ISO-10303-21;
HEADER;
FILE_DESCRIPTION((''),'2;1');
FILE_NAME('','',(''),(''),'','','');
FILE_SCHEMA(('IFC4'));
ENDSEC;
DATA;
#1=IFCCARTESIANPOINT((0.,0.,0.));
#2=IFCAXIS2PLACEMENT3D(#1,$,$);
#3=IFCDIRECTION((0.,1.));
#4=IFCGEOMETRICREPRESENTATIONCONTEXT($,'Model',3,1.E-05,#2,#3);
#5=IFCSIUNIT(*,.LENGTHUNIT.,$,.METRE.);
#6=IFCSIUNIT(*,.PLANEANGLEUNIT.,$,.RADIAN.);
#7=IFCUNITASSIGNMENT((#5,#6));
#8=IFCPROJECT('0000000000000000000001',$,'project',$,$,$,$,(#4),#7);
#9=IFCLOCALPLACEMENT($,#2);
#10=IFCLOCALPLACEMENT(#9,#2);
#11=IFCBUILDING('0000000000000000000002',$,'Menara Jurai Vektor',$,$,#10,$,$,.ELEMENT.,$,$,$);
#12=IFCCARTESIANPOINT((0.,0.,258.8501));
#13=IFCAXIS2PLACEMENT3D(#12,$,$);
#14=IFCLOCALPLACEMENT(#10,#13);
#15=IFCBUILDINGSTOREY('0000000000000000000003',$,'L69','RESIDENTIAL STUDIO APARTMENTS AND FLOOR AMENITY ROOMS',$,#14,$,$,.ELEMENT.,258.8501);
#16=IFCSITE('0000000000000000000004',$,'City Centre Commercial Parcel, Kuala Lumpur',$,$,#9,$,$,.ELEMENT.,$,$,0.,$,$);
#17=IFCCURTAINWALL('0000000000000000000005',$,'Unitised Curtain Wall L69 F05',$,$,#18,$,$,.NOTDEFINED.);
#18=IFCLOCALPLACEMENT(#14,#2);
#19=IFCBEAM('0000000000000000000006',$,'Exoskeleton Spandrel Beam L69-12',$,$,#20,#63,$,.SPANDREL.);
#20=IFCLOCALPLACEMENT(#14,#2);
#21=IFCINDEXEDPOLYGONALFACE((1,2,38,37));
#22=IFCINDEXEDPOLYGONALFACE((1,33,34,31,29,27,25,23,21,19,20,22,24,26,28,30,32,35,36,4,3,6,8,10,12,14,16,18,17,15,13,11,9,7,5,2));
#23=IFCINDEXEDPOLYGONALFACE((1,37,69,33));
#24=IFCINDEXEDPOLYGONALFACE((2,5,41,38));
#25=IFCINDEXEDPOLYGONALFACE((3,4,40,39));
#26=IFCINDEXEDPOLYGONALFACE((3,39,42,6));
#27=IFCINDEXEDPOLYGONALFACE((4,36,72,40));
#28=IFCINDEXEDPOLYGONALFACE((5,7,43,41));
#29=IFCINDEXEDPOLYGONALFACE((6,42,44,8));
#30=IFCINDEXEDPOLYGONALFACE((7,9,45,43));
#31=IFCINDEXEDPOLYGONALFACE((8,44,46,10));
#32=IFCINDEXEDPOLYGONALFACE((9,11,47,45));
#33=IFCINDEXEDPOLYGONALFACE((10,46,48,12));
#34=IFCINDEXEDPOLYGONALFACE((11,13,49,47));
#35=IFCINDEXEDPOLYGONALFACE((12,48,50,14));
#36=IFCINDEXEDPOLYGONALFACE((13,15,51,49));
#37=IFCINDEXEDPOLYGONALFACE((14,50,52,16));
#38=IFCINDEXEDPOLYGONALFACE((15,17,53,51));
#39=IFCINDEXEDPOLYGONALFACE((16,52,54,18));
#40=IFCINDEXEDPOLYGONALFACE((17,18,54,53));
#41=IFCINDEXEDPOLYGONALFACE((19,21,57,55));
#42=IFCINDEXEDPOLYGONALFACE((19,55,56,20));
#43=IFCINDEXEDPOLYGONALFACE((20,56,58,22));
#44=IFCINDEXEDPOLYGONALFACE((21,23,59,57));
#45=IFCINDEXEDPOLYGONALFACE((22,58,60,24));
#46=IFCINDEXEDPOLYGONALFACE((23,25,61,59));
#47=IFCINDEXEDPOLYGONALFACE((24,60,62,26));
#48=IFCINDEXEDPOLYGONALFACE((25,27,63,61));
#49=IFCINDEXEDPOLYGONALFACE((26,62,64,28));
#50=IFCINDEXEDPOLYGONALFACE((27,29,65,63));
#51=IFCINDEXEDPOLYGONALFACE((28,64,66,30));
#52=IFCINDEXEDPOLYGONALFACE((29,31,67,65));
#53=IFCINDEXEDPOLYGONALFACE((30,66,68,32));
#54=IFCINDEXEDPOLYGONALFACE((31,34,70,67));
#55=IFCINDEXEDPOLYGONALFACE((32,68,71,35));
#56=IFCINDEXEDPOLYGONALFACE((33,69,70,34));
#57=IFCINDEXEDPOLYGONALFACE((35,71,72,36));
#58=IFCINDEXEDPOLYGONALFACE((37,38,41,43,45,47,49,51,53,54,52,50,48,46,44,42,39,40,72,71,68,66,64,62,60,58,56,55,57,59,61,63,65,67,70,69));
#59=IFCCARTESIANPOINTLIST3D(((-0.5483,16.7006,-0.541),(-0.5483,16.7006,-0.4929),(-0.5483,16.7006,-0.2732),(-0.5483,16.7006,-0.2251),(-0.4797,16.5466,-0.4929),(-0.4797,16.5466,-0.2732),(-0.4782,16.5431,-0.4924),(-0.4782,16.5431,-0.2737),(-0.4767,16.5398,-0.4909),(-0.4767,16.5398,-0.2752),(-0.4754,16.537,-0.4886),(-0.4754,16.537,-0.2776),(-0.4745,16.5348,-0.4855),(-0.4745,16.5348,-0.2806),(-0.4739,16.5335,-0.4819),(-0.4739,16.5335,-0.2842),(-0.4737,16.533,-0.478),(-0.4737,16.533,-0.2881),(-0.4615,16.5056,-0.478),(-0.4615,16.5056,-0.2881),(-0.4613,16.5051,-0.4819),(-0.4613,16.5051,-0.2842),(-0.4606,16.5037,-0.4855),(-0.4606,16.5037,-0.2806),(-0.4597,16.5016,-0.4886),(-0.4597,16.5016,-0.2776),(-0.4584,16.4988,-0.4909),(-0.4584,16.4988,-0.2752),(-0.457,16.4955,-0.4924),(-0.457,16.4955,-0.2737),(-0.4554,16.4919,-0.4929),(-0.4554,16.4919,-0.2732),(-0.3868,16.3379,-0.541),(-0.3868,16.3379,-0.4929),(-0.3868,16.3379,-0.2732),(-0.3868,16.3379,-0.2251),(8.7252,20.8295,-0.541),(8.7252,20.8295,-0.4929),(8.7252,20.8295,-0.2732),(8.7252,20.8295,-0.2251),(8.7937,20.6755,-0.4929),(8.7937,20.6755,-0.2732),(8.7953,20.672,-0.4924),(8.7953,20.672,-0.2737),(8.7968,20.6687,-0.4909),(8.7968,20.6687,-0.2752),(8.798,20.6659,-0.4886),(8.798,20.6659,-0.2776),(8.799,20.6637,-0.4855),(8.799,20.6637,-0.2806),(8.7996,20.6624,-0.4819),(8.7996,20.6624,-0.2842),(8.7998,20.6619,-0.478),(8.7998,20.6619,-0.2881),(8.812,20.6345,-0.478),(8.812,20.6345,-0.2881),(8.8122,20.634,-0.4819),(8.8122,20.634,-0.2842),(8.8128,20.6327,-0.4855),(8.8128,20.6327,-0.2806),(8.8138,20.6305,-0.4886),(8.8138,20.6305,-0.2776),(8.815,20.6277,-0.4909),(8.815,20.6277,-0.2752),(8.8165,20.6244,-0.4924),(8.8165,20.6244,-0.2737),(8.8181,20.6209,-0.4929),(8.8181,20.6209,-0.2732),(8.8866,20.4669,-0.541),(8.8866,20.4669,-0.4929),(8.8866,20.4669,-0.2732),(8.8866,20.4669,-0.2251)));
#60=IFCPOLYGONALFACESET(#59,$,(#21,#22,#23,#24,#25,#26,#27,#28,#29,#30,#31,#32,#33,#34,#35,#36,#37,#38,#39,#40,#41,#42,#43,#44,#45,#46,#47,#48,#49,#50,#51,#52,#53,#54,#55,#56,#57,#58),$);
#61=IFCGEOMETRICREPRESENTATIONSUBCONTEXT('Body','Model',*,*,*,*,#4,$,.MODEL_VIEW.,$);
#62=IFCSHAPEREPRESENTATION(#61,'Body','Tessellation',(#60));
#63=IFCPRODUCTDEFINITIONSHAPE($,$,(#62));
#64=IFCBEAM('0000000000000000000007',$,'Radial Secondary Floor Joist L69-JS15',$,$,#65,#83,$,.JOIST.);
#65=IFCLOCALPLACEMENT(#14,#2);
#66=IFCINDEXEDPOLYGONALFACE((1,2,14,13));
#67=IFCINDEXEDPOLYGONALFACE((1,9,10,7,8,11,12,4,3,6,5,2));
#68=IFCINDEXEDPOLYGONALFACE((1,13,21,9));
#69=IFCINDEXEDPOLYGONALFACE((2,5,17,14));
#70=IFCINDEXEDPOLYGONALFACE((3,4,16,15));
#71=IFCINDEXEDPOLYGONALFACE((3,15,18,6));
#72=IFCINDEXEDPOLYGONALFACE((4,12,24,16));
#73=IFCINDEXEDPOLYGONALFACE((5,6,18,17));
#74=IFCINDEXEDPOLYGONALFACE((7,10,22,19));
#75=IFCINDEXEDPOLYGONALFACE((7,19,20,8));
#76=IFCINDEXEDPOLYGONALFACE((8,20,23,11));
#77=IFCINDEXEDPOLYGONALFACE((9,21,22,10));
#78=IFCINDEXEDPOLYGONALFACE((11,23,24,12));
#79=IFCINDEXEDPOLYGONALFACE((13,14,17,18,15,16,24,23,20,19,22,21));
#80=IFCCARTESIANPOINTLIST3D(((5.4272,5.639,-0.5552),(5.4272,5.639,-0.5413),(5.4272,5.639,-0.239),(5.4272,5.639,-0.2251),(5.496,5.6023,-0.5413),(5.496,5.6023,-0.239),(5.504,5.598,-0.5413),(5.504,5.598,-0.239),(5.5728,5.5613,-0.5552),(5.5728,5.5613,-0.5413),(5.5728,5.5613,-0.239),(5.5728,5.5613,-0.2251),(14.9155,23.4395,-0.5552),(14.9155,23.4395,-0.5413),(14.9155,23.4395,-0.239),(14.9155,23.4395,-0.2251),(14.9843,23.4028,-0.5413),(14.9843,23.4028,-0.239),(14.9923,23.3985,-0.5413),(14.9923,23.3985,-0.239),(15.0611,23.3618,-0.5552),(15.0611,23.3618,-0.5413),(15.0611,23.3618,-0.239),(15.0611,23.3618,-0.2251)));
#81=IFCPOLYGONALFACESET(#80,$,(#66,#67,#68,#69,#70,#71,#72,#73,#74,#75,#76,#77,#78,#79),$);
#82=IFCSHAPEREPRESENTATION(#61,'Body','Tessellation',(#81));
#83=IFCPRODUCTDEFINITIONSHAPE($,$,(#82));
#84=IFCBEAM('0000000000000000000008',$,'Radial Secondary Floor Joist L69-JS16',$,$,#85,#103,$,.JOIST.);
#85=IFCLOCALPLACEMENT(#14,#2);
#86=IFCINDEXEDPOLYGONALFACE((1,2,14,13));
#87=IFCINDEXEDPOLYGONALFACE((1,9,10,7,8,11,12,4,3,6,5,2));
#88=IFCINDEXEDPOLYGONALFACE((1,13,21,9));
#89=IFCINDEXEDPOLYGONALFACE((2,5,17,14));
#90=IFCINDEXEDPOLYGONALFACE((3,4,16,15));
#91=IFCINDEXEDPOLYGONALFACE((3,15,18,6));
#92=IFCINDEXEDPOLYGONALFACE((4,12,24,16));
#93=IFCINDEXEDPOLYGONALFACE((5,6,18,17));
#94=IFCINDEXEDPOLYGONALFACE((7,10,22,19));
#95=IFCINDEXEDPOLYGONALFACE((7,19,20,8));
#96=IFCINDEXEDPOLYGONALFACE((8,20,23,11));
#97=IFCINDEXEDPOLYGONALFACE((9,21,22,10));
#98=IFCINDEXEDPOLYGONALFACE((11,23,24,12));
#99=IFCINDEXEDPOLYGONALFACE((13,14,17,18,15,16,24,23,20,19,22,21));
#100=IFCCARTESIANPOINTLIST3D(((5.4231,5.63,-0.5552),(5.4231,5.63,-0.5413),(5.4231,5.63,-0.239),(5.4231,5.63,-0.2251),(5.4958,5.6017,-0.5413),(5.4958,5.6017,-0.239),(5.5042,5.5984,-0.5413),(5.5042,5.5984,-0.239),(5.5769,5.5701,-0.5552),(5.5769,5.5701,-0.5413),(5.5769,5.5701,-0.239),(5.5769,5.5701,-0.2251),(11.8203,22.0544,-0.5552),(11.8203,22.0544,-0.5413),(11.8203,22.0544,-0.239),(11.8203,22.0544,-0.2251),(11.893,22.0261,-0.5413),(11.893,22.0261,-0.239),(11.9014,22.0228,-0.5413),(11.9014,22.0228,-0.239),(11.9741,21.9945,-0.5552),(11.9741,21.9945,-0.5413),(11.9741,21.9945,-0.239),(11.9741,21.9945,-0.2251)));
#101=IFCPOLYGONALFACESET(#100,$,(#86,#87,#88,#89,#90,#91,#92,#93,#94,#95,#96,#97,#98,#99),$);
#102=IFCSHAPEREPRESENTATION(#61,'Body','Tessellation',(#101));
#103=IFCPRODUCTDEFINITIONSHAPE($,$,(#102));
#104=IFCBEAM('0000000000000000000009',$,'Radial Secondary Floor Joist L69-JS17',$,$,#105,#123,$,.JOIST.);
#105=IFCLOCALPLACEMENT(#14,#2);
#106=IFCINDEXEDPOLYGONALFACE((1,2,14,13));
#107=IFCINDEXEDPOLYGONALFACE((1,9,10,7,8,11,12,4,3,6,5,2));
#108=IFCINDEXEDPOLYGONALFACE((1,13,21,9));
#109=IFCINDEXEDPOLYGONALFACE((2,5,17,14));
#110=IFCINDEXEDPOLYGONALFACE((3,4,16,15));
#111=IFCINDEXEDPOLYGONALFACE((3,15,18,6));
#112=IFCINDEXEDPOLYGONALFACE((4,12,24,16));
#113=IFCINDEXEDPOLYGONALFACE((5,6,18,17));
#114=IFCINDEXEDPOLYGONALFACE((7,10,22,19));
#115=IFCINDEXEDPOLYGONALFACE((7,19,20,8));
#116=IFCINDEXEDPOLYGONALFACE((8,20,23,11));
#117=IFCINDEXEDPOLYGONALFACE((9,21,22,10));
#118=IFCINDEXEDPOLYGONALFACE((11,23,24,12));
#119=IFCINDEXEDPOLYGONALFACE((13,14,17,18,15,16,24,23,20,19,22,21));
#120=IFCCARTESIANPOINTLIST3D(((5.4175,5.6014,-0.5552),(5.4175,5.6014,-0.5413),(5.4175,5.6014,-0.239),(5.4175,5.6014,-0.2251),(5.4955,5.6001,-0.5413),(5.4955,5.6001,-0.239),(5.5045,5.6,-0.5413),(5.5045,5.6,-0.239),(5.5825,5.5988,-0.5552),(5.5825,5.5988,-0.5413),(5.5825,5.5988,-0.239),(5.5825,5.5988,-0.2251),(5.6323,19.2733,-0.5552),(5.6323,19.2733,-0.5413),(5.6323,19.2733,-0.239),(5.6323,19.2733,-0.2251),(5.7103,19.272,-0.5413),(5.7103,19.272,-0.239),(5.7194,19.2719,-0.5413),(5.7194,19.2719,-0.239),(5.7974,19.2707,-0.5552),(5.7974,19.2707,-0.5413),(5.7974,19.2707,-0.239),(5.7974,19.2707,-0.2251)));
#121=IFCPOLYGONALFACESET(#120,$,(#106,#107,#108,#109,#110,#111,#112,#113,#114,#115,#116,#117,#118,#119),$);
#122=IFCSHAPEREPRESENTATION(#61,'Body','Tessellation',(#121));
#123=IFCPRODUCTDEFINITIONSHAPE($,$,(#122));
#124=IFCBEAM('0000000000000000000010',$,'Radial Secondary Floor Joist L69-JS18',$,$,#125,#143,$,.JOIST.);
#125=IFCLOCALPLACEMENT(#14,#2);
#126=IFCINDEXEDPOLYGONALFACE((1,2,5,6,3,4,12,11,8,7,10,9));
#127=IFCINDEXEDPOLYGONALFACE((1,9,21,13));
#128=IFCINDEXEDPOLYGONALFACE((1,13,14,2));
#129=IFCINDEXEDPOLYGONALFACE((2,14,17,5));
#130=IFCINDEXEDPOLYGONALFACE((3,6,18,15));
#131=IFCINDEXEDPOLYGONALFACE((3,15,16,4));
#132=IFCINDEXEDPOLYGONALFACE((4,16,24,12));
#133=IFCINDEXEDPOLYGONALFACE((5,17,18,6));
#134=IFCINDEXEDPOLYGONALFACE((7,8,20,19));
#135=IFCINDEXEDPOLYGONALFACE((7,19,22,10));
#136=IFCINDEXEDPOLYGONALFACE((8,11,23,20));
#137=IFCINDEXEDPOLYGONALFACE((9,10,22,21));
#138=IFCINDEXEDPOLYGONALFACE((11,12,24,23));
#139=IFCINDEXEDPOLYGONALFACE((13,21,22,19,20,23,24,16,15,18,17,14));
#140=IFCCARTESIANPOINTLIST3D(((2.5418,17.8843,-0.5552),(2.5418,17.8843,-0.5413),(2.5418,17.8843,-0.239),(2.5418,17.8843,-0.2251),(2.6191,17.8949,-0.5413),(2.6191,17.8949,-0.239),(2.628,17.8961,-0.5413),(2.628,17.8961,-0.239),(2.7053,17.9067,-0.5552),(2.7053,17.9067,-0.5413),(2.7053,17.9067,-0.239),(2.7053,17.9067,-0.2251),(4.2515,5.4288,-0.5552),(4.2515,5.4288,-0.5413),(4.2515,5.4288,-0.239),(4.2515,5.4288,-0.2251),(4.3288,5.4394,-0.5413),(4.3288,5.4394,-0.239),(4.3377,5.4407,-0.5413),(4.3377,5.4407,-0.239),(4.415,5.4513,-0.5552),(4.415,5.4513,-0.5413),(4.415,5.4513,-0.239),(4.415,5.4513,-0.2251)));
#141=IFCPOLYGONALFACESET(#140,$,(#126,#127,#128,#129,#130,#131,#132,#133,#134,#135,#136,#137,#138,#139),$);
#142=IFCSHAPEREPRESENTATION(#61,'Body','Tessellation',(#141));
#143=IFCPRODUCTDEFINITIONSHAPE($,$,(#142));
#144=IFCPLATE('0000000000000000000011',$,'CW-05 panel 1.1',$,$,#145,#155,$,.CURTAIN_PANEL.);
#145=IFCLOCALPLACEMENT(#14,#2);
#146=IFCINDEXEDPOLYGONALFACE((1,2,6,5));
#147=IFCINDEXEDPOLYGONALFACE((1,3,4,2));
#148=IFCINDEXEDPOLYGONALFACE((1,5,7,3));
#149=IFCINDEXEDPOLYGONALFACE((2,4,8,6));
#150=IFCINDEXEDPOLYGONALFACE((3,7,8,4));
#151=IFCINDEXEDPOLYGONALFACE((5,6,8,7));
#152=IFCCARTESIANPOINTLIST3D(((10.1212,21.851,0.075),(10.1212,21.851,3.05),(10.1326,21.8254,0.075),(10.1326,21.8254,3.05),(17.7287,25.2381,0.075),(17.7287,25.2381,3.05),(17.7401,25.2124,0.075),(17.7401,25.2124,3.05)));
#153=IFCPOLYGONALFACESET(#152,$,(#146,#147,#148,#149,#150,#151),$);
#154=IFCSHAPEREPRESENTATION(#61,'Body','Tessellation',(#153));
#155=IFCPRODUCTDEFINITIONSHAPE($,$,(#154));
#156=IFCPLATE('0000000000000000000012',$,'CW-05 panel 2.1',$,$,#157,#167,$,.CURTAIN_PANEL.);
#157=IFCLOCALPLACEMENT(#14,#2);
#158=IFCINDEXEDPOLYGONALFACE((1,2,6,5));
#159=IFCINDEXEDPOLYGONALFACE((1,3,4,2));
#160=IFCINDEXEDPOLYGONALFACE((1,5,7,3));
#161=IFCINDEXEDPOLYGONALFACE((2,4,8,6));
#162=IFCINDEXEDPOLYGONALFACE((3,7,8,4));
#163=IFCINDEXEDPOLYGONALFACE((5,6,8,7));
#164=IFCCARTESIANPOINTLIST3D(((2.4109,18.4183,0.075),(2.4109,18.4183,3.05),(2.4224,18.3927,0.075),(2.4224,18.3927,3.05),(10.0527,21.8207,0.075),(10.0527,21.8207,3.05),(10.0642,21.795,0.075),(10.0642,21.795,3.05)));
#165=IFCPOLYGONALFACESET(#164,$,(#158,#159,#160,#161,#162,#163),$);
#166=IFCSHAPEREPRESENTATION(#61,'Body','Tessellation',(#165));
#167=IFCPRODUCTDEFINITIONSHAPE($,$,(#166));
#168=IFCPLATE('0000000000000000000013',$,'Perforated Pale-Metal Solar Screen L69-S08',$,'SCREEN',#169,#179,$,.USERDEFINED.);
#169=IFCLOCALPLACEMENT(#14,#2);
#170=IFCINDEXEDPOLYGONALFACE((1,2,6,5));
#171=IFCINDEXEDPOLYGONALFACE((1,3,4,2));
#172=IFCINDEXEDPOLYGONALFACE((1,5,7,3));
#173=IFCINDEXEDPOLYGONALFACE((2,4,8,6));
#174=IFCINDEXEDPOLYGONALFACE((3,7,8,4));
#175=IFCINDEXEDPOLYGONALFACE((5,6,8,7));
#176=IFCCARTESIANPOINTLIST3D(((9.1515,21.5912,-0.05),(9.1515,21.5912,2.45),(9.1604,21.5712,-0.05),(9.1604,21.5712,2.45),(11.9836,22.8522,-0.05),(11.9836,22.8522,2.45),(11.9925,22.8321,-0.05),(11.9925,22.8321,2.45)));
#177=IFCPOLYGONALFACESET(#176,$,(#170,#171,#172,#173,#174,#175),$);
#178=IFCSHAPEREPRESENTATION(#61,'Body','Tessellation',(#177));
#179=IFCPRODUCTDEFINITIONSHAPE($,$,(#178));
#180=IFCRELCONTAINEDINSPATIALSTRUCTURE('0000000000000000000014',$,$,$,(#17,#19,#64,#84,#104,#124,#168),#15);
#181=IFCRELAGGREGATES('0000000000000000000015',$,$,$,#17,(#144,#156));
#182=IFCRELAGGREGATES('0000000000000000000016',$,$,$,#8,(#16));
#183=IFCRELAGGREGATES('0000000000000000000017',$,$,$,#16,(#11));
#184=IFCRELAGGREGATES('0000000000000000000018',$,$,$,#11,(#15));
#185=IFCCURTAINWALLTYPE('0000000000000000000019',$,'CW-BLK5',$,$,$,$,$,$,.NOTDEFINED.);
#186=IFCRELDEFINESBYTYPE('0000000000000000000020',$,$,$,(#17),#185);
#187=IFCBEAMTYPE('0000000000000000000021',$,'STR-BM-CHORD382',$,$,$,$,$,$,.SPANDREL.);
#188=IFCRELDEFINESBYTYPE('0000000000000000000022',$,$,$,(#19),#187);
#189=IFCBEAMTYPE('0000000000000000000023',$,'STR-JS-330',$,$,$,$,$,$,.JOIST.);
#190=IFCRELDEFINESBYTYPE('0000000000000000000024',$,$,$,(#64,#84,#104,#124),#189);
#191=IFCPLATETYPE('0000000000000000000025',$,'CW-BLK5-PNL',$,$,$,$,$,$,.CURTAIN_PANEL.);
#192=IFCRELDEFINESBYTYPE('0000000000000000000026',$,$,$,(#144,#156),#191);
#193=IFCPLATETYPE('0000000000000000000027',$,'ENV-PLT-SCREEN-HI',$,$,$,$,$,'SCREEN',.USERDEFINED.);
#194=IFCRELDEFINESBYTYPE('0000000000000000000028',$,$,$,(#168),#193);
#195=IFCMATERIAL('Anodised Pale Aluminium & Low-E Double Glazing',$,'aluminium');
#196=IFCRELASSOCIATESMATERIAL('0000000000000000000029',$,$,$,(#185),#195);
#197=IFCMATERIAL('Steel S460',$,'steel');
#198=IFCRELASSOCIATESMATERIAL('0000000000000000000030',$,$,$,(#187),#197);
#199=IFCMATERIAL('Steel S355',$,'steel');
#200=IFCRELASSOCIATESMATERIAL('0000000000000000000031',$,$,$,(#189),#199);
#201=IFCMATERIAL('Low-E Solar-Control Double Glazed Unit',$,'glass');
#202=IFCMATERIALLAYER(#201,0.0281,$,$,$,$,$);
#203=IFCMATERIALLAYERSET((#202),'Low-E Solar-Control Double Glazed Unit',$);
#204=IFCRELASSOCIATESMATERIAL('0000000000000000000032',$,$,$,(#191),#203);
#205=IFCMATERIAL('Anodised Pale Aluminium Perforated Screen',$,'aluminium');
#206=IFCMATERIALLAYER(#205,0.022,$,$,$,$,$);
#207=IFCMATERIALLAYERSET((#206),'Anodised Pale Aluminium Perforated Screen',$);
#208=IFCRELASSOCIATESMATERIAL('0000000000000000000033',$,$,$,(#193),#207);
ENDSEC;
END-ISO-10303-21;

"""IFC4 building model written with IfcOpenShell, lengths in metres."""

from ifc_helpers import new_model, si_unit, direction, frame, origin, origin_2d, place, context, subcontext, project, spatial, rectangle, i_section, extrude, material, layer, layer_set, material_profile, profile_set, type_object, element, aggregate, save


model = new_model("IFC4")

# Units and contexts
model_context = context("Model", 3, precision=1e-05, world=origin(), true_north=direction((0.0, 1.0)))
body_context = subcontext(model_context, "Body", "Model", "MODEL_VIEW")
ifc_project = project(units=[si_unit("LENGTHUNIT", "METRE"), si_unit("PLANEANGLEUNIT", "RADIAN")], contexts=[model_context])

# Site, building, storey
site_placement = place(None, origin())
site = spatial("IfcSite", under=ifc_project, at=site_placement, Name="City Centre Commercial Parcel, Kuala Lumpur", CompositionType="ELEMENT", RefElevation=0.0)
building_placement = place(site_placement, origin())
building = spatial("IfcBuilding", under=site, at=building_placement, Name="Menara Jurai Vektor", CompositionType="ELEMENT")
storey_placement = place(building_placement, frame((0.0, 0.0, 258.8501)))
storey = spatial("IfcBuildingStorey", under=building, at=storey_placement, Name="L69", Description="RESIDENTIAL STUDIO APARTMENTS AND FLOOR AMENITY ROOMS", CompositionType="ELEMENT", Elevation=258.8501)

# Shared definitions
ifc_material_1 = material(Name="Steel S460", Category="steel")

# Curtain wall
ifc_material_2 = material(Name="Anodised Pale Aluminium & Low-E Double Glazing", Category="aluminium")
curtain_wall_type = type_object("IfcCurtainWallType", Name="CW-BLK5", PredefinedType="NOTDEFINED", material=ifc_material_2)
curtain_wall_placement = place(storey_placement, origin())
curtain_wall = element("IfcCurtainWall", 1, at=curtain_wall_placement, inside=storey, type_object=curtain_wall_type, Name="Unitised Curtain Wall L69 F05", PredefinedType="NOTDEFINED")

# Beams
ifc_material_3 = material(Name="Steel S355", Category="steel")
ifc_material_profile_1 = material_profile(ifc_material_1, i_section(OverallWidth=0.397, OverallDepth=0.3159, WebThickness=0.03, FlangeThickness=0.0481, FilletRadius=0.0149, at=origin_2d()), Name="HD 400x382")
ifc_profile_set_1 = profile_set([ifc_material_profile_1], Name="Steel S460")
beam_type_1 = type_object("IfcBeamType", Name="STR-BM-CHORD382", PredefinedType="SPANDREL", material=ifc_profile_set_1)
beam_1_placement = place(storey_placement, frame((8.8059, 20.6482, -0.3831), z_axis=(-0.913542, -0.406745, 0.0), x_axis=(0.406745, -0.913542, 0.0)))
element("IfcBeam", 2, at=beam_1_placement, inside=storey, type_object=beam_type_1, Name="Exoskeleton Spandrel Beam L69-12", PredefinedType="SPANDREL", context=body_context, shape_type="SweptSolid", body=[
    extrude(i_section(OverallWidth=0.397, OverallDepth=0.3159, WebThickness=0.03, FlangeThickness=0.0481, FilletRadius=0.0149, at=origin_2d()), origin(), (0.0, 0.0, 1.0), 10.1511),
])
ifc_material_profile_2 = material_profile(ifc_material_3, i_section(OverallWidth=0.165, OverallDepth=0.3301, WebThickness=0.009, FlangeThickness=0.0139, at=origin_2d()), Name="PG 330x165x46")
ifc_profile_set_2 = profile_set([ifc_material_profile_2], Name="Steel S355")
beam_type_2 = type_object("IfcBeamType", Name="STR-JS-330", PredefinedType="JOIST", material=ifc_profile_set_2)
beam_2_placement = place(storey_placement, frame((14.9883, 23.4006, -0.3901), z_axis=(-0.470382, -0.882463, 0.0), x_axis=(0.882463, -0.470382, 0.0)))
element("IfcBeam", 3, at=beam_2_placement, inside=storey, type_object=beam_type_2, Name="Radial Secondary Floor Joist L69-JS15", PredefinedType="JOIST", context=body_context, shape_type="SweptSolid", body=[
    extrude(i_section(OverallWidth=0.165, OverallDepth=0.3301, WebThickness=0.009, FlangeThickness=0.0139, at=origin_2d()), origin(), (0.0, 0.0, 1.0), 20.1714),
])
beam_3_placement = place(storey_placement, frame((11.8972, 22.0244, -0.3901), z_axis=(-0.362938, -0.931813, 0.0), x_axis=(0.931813, -0.362938, 0.0)))
element("IfcBeam", 4, at=beam_3_placement, inside=storey, type_object=beam_type_2, Name="Radial Secondary Floor Joist L69-JS16", PredefinedType="JOIST", context=body_context, shape_type="SweptSolid", body=[
    extrude(i_section(OverallWidth=0.165, OverallDepth=0.3301, WebThickness=0.009, FlangeThickness=0.0139, at=origin_2d()), origin(), (0.0, 0.0, 1.0), 17.6262),
])
beam_4_placement = place(storey_placement, frame((5.7148, 19.272, -0.3901), z_axis=(-0.015712, -0.999877, 0.0), x_axis=(0.999877, -0.015712, 0.0)))
element("IfcBeam", 5, at=beam_4_placement, inside=storey, type_object=beam_type_2, Name="Radial Secondary Floor Joist L69-JS17", PredefinedType="JOIST", context=body_context, shape_type="SweptSolid", body=[
    extrude(i_section(OverallWidth=0.165, OverallDepth=0.3301, WebThickness=0.009, FlangeThickness=0.0139, at=origin_2d()), origin(), (0.0, 0.0, 1.0), 13.6736),
])
beam_5_placement = place(storey_placement, frame((2.6235, 17.8955, -0.3901), z_axis=(0.13599, -0.99071, 0.0), x_axis=(0.99071, 0.13599, 0.0)))
element("IfcBeam", 6, at=beam_5_placement, inside=storey, type_object=beam_type_2, Name="Radial Secondary Floor Joist L69-JS18", PredefinedType="JOIST", context=body_context, shape_type="SweptSolid", body=[
    extrude(i_section(OverallWidth=0.165, OverallDepth=0.3301, WebThickness=0.009, FlangeThickness=0.0139, at=origin_2d()), origin(), (0.0, 0.0, 1.0), 12.5723),
])

# Plates
ifc_material_4 = material(Name="Low-E Solar-Control Double Glazed Unit", Category="glass")
ifc_layer_1 = layer(ifc_material_4, 0.0281)
ifc_layer_set_1 = layer_set([ifc_layer_1], Name="Low-E Solar-Control Double Glazed Unit")
plate_type_1 = type_object("IfcPlateType", Name="CW-BLK5-PNL", PredefinedType="CURTAIN_PANEL", material=ifc_layer_set_1)
plate_1_placement = place(storey_placement, frame((13.9307, 23.5317, 0.075), z_axis=(0.0, 0.0, 1.0), x_axis=(-0.913546, -0.406735, 0.0)))
plate_1 = element("IfcPlate", 7, at=plate_1_placement, type_object=plate_type_1, Name="CW-05 panel 1.1", PredefinedType="CURTAIN_PANEL", context=body_context, shape_type="SweptSolid", body=[
    extrude(rectangle(XDim=8.3274, YDim=0.0281, at=origin_2d()), origin(), (0.0, 0.0, 1.0), 2.9751),
])
plate_2_placement = place(storey_placement, frame((6.2375, 20.1067, 0.075), z_axis=(0.0, 0.0, 1.0), x_axis=(-0.913546, -0.406735, 0.0)))
plate_2 = element("IfcPlate", 8, at=plate_2_placement, type_object=plate_type_1, Name="CW-05 panel 2.1", PredefinedType="CURTAIN_PANEL", context=body_context, shape_type="SweptSolid", body=[
    extrude(rectangle(XDim=8.365, YDim=0.0281, at=origin_2d()), origin(), (0.0, 0.0, 1.0), 2.9751),
])
aggregate(curtain_wall, [plate_1, plate_2])
ifc_material_5 = material(Name="Anodised Pale Aluminium Perforated Screen", Category="aluminium")
ifc_layer_2 = layer(ifc_material_5, 0.022)
ifc_layer_set_2 = layer_set([ifc_layer_2], Name="Anodised Pale Aluminium Perforated Screen")
plate_type_2 = type_object("IfcPlateType", Name="ENV-PLT-SCREEN-HI", ElementType="SCREEN", PredefinedType="USERDEFINED", material=ifc_layer_set_2)
plate_3_placement = place(storey_placement, frame((10.572, 22.2117, -0.05), z_axis=(0.0, 0.0, 1.0), x_axis=(-0.913545, -0.406737, 0.0)))
element("IfcPlate", 9, at=plate_3_placement, inside=storey, type_object=plate_type_2, Name="Perforated Pale-Metal Solar Screen L69-S08", ObjectType="SCREEN", PredefinedType="USERDEFINED", context=body_context, shape_type="SweptSolid", body=[
    extrude(rectangle(XDim=3.1001, YDim=0.022, at=origin_2d()), origin(), (0.0, 0.0, 1.0), 2.5),
])

save(model, "model.ifc")
